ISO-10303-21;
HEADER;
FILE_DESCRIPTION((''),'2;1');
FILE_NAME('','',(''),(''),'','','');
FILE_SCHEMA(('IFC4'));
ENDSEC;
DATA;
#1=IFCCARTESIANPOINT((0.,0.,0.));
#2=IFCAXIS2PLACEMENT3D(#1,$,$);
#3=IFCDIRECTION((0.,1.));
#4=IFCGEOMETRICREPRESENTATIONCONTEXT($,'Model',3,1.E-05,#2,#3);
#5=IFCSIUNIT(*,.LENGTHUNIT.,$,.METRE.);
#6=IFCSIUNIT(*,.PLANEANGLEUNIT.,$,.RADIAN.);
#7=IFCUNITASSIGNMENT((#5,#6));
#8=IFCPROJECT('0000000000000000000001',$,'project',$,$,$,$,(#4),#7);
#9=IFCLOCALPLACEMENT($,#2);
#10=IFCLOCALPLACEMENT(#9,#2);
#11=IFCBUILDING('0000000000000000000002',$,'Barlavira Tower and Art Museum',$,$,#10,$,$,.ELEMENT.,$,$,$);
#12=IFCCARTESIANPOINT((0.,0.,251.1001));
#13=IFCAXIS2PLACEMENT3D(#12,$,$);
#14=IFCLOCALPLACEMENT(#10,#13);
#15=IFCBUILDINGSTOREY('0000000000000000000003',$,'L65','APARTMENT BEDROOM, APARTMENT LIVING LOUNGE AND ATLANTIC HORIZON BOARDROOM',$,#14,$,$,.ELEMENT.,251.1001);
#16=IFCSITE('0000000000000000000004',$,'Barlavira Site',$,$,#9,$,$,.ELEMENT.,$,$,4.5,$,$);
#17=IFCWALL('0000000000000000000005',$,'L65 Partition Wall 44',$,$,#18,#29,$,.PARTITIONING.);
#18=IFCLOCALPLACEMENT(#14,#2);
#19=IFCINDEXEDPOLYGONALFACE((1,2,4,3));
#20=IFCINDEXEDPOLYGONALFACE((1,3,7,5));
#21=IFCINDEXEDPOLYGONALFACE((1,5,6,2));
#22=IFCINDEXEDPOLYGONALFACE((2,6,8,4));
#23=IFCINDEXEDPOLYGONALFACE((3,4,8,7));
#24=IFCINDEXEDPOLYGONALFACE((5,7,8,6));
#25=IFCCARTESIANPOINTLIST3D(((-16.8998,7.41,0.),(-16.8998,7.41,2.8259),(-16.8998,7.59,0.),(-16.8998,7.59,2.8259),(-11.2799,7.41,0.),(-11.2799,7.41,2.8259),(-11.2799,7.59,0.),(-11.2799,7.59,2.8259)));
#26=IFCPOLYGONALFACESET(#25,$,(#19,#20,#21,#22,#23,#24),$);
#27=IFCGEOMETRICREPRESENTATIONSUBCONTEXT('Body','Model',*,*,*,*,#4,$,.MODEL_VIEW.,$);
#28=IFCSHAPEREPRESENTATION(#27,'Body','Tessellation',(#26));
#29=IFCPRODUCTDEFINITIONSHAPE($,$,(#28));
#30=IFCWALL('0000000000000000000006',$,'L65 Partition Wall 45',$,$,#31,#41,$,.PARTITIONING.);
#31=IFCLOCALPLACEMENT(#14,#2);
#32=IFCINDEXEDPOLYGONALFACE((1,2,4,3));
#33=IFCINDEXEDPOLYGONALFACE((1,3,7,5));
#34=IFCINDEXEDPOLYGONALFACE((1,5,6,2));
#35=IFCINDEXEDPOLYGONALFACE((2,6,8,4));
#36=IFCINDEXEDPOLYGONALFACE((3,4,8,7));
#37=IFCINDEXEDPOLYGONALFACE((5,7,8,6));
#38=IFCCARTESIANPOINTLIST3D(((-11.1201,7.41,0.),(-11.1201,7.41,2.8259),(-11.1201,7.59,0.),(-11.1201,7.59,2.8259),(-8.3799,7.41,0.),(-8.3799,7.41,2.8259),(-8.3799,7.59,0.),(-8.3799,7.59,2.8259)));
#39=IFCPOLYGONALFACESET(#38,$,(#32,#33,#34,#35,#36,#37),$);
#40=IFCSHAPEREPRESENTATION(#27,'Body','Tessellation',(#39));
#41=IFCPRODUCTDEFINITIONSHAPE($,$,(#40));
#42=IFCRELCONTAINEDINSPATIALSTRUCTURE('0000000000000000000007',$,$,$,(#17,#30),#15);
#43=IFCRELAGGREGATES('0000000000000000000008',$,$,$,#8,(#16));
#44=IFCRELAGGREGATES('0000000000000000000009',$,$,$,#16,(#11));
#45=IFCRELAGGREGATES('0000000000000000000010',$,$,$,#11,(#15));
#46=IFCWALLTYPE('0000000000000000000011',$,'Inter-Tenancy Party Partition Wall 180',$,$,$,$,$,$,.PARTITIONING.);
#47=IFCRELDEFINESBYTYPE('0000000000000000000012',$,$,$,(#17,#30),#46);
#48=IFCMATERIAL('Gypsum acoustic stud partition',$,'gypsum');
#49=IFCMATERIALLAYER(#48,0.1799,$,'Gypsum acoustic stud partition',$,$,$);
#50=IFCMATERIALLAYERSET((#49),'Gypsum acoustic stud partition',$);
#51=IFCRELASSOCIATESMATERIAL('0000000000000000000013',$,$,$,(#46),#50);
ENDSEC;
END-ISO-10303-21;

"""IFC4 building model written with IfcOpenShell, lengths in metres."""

from ifc_helpers import new_model, si_unit, direction, frame, frame_2d, origin, place, context, subcontext, project, spatial, rectangle, extrude, material, layer, layer_set, type_object, element, save


model = new_model("IFC4")

# Units and contexts
model_context = context("Model", 3, precision=1e-05, world=origin(), true_north=direction((0.0, 1.0)))
body_context = subcontext(model_context, "Body", "Model", "MODEL_VIEW")
ifc_project = project(units=[si_unit("LENGTHUNIT", "METRE"), si_unit("PLANEANGLEUNIT", "RADIAN")], contexts=[model_context])

# Site, building, storey
site_placement = place(None, origin())
site = spatial("IfcSite", under=ifc_project, at=site_placement, Name="Barlavira Site", CompositionType="ELEMENT", RefElevation=4.5)
building_placement = place(site_placement, origin())
building = spatial("IfcBuilding", under=site, at=building_placement, Name="Barlavira Tower and Art Museum", CompositionType="ELEMENT")
storey_placement = place(building_placement, frame((0.0, 0.0, 251.1001)))
storey = spatial("IfcBuildingStorey", under=building, at=storey_placement, Name="L65", Description="APARTMENT BEDROOM, APARTMENT LIVING LOUNGE AND ATLANTIC HORIZON BOARDROOM", CompositionType="ELEMENT", Elevation=251.1001)

# Shared definitions
ifc_material_1 = material(Name="Gypsum acoustic stud partition", Category="gypsum")

# Walls
ifc_layer_1 = layer(ifc_material_1, 0.1799, Name="Gypsum acoustic stud partition")
ifc_layer_set_1 = layer_set([ifc_layer_1], Name="Gypsum acoustic stud partition")
wall_type_1 = type_object("IfcWallType", Name="Inter-Tenancy Party Partition Wall 180", PredefinedType="PARTITIONING", material=ifc_layer_set_1)
wall_1_placement = place(storey_placement, frame((-16.8999, 7.5, 0.0), z_axis=(0.0, 0.0, 1.0), x_axis=(1.0, 0.0, 0.0)))
element("IfcWall", 1, at=wall_1_placement, inside=storey, type_object=wall_type_1, Name="L65 Partition Wall 44", PredefinedType="PARTITIONING", context=body_context, shape_type="SweptSolid", body=[
    extrude(rectangle(XDim=5.6199, YDim=0.1799, at=frame_2d((2.8101, 0.0))), origin(), (0.0, 0.0, 1.0), 2.8259),
])
wall_2_placement = place(storey_placement, frame((-11.1201, 7.5, 0.0), z_axis=(0.0, 0.0, 1.0), x_axis=(1.0, 0.0, 0.0)))
element("IfcWall", 2, at=wall_2_placement, inside=storey, type_object=wall_type_1, Name="L65 Partition Wall 45", PredefinedType="PARTITIONING", context=body_context, shape_type="SweptSolid", body=[
    extrude(rectangle(XDim=2.7402, YDim=0.1799, at=frame_2d((1.3701, 0.0))), origin(), (0.0, 0.0, 1.0), 2.8259),
])

save(model, "model.ifc")
